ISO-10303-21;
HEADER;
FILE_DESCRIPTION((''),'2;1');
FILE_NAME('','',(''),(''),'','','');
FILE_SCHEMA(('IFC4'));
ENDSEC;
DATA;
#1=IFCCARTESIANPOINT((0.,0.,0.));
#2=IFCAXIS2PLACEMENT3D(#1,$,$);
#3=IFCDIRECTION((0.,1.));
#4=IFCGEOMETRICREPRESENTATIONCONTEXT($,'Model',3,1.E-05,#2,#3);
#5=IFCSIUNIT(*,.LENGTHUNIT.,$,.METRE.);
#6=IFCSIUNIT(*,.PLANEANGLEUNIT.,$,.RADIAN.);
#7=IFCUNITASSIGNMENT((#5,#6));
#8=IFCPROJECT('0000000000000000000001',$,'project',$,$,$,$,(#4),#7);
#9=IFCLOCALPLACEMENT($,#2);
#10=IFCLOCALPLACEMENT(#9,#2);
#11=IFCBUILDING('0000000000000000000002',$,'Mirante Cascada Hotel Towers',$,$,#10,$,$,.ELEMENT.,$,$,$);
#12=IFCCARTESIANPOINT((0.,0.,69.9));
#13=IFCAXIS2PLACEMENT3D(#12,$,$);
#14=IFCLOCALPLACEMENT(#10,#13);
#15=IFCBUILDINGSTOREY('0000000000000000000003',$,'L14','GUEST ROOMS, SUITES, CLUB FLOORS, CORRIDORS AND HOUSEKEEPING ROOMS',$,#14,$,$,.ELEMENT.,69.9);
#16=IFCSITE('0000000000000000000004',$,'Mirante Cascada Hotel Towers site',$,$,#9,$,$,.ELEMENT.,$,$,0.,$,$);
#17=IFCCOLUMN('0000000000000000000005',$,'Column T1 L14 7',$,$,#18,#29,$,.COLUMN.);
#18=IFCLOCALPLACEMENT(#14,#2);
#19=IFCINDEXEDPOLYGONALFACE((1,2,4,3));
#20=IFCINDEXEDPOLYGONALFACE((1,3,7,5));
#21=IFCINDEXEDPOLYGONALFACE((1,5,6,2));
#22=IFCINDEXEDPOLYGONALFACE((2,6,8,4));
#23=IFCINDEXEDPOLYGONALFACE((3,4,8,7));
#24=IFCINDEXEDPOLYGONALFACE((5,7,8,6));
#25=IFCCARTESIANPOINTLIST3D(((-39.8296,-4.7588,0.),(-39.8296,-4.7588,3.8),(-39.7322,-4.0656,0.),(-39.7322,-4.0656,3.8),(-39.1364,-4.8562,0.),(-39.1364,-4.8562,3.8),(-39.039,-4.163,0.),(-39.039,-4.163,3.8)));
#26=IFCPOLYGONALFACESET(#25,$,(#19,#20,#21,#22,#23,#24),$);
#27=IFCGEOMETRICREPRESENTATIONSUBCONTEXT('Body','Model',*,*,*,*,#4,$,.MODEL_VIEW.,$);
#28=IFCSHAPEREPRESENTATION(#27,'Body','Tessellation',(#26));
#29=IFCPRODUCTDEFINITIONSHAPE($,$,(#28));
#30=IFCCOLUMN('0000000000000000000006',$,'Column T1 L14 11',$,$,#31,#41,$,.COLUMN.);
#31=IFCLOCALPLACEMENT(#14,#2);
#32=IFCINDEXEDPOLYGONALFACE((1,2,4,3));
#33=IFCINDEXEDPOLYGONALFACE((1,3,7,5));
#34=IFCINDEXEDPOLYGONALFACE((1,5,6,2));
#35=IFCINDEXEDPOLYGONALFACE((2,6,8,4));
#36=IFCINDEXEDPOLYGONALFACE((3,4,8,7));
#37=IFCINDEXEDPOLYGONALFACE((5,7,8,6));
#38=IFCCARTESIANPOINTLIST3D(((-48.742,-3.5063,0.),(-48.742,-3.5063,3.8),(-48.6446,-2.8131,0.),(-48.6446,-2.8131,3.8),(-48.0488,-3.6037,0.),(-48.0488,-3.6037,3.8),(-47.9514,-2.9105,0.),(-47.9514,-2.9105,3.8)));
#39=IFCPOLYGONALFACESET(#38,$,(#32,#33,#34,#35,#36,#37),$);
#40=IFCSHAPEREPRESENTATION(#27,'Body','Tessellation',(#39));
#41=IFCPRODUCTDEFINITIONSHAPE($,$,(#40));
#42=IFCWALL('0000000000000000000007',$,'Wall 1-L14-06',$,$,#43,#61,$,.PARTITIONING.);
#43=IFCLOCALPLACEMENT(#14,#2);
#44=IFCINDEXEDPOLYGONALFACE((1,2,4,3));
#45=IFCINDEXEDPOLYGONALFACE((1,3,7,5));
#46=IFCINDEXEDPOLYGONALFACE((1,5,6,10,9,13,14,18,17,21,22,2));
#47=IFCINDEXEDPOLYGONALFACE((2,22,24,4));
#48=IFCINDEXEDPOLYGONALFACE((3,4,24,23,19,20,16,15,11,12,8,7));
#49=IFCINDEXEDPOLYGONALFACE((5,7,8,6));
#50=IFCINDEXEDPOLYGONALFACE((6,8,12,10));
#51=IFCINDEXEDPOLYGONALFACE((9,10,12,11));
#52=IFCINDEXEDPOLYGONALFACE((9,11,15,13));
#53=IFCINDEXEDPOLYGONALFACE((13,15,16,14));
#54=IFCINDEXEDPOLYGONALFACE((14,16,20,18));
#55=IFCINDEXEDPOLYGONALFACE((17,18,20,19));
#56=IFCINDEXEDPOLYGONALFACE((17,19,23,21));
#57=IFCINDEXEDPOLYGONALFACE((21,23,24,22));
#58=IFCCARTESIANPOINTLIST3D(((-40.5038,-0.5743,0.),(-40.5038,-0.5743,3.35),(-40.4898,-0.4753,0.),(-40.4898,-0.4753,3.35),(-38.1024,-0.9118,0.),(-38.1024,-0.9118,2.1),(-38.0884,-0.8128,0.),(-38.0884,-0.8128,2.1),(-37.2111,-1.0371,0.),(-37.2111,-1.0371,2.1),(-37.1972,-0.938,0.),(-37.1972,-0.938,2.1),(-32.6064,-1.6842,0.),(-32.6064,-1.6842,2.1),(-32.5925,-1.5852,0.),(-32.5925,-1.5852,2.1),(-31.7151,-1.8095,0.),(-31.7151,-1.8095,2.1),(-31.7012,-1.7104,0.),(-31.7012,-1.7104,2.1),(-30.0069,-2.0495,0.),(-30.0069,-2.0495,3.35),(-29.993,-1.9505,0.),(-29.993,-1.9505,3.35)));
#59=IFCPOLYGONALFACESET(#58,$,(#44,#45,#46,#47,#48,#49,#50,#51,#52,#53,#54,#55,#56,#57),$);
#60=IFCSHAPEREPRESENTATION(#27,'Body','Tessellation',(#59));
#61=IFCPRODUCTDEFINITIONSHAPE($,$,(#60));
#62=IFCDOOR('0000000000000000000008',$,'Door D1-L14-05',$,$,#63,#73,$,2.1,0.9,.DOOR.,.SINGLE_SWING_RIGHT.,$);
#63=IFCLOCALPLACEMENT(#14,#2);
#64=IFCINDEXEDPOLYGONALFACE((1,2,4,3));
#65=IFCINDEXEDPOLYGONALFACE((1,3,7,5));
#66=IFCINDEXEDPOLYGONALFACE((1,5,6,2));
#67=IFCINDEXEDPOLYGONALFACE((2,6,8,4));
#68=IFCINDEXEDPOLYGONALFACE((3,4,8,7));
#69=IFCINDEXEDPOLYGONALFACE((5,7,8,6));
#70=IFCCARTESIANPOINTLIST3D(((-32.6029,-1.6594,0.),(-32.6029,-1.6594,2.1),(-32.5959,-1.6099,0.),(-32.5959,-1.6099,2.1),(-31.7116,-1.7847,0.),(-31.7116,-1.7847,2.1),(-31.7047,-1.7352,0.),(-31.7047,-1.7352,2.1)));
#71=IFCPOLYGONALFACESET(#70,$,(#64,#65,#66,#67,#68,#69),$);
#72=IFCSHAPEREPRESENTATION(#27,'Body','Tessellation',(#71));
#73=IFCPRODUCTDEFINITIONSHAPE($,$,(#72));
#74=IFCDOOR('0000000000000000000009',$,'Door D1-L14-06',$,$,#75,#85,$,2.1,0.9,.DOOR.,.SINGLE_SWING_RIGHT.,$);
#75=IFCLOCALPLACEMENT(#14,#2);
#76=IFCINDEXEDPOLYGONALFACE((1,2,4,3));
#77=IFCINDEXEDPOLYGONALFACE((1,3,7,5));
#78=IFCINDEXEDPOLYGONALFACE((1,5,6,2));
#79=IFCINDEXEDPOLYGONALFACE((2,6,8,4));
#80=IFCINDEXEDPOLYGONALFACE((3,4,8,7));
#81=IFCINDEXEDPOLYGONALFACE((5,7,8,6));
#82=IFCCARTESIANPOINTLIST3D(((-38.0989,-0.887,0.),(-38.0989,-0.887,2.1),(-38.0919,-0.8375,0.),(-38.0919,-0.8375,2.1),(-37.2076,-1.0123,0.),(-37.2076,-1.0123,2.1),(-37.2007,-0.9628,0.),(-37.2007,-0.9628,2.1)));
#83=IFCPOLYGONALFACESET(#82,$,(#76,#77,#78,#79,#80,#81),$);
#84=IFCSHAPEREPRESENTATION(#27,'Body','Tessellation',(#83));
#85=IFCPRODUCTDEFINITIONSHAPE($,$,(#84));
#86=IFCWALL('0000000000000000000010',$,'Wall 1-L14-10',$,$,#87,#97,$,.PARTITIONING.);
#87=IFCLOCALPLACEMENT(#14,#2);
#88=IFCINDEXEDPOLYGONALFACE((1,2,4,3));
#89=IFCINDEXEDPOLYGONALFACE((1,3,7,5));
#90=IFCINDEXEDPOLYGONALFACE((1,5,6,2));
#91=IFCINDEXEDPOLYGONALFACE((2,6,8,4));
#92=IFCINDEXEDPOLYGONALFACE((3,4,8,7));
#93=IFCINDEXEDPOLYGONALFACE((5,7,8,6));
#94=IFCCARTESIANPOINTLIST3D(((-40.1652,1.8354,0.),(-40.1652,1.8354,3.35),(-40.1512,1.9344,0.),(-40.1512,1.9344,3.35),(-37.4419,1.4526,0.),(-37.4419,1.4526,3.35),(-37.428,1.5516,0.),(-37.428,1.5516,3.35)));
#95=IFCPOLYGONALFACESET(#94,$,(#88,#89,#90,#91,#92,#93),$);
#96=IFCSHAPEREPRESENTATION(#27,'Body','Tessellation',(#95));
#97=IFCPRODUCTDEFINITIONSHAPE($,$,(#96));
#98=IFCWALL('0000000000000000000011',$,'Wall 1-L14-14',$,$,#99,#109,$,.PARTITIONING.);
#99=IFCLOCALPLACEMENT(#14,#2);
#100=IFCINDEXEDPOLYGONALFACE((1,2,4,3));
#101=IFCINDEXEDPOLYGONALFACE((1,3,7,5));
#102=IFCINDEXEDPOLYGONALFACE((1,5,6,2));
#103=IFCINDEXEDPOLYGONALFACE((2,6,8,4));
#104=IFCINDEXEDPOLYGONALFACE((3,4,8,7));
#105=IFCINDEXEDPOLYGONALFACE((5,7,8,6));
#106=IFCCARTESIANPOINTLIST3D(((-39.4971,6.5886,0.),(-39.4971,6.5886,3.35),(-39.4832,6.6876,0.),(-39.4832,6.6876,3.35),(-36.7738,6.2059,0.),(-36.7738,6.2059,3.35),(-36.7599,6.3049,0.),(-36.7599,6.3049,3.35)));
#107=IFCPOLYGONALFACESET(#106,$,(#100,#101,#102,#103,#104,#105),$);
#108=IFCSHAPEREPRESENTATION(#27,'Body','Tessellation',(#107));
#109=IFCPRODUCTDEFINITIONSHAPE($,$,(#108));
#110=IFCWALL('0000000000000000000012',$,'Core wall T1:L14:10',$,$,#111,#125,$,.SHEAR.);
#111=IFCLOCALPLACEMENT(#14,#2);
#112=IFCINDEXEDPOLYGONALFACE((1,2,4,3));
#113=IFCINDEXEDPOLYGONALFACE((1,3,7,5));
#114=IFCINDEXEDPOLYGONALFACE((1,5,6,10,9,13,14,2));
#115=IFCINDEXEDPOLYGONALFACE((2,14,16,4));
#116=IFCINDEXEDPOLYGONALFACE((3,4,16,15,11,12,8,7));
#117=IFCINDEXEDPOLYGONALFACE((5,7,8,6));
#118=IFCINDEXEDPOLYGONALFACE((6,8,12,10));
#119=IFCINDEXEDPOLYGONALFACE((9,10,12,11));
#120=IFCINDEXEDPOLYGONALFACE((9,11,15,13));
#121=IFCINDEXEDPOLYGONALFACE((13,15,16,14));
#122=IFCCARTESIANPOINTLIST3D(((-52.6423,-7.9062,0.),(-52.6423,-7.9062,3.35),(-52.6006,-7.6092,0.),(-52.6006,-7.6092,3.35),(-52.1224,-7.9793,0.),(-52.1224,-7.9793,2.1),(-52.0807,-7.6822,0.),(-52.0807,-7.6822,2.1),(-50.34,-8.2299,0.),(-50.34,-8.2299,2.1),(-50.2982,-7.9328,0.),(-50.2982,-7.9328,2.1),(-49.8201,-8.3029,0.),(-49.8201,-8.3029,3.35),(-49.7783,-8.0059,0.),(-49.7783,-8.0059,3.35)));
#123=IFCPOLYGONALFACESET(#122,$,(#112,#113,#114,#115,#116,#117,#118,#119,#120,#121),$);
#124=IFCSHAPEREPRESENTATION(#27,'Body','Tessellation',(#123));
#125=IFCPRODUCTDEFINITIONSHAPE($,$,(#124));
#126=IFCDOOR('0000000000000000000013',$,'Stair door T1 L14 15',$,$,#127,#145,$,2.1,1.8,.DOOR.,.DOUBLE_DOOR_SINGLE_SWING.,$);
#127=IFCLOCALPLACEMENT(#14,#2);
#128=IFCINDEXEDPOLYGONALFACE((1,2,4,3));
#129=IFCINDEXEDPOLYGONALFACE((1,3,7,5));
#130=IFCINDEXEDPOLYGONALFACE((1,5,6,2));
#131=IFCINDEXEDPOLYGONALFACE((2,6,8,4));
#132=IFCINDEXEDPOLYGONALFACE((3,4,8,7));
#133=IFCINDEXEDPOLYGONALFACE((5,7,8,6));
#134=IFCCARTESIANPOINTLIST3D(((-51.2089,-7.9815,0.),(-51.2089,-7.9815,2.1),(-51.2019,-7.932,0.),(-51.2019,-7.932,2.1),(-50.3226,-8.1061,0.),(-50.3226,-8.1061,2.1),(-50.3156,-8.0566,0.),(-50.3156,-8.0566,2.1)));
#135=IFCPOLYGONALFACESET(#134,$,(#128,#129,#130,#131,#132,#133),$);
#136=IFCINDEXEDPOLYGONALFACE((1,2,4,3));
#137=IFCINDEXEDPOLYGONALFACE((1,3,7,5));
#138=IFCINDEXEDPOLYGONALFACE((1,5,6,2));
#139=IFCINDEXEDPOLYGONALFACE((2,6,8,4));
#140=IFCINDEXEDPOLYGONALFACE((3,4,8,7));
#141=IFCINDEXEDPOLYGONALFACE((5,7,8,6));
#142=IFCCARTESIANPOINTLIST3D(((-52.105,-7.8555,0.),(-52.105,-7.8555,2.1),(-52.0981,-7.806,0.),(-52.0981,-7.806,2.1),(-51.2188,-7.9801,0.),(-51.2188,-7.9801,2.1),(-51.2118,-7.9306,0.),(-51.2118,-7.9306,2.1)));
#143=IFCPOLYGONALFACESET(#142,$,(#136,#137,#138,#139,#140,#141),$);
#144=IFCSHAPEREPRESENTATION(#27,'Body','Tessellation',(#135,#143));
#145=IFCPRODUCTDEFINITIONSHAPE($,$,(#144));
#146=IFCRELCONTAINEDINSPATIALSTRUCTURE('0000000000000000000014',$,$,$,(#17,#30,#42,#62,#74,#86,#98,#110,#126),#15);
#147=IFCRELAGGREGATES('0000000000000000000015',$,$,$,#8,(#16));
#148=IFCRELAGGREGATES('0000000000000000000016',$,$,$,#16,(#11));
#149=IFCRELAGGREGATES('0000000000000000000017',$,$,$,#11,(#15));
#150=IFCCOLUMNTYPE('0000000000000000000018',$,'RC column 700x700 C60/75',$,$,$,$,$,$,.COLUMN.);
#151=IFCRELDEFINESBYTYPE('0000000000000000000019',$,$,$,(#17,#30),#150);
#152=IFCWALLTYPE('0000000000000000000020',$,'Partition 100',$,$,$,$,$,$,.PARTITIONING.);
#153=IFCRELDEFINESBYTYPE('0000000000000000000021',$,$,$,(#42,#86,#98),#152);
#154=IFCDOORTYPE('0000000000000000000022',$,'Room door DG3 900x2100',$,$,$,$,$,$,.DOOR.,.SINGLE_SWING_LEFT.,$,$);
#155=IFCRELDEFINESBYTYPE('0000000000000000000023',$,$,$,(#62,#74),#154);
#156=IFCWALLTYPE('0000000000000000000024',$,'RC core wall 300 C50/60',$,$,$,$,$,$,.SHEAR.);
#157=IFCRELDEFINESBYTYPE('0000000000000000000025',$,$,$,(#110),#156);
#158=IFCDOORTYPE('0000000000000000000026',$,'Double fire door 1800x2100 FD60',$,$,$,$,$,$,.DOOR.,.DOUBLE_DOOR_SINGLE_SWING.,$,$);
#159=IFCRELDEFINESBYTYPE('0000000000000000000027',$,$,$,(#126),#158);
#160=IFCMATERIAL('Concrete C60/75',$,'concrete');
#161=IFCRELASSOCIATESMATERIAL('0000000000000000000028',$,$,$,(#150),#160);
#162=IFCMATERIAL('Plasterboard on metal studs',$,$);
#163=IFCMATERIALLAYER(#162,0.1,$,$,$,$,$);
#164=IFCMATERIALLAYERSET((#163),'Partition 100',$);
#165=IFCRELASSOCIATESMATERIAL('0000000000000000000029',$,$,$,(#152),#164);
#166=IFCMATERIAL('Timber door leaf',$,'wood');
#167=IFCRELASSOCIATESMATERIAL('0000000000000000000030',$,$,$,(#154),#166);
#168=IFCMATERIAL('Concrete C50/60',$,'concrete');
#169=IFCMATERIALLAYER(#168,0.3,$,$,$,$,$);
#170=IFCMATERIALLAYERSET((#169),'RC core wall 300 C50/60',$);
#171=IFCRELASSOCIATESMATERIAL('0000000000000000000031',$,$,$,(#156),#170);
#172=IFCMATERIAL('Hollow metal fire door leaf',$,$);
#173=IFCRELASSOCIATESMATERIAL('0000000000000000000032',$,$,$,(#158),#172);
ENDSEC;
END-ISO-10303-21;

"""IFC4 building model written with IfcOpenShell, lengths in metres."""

from ifc_helpers import new_model, si_unit, direction, frame, frame_2d, origin, origin_2d, place, context, subcontext, project, spatial, rectangle, extrude, material, layer, layer_set, material_profile, profile_set, type_object, element, fill, save


model = new_model("IFC4")

# Units and contexts
model_context = context("Model", 3, precision=1e-05, world=origin(), true_north=direction((0.0, 1.0)))
body_context = subcontext(model_context, "Body", "Model", "MODEL_VIEW")
ifc_project = project(units=[si_unit("LENGTHUNIT", "METRE"), si_unit("PLANEANGLEUNIT", "RADIAN")], contexts=[model_context])

# Site, building, storey
site_placement = place(None, origin())
site = spatial("IfcSite", under=ifc_project, at=site_placement, Name="Mirante Cascada Hotel Towers site", CompositionType="ELEMENT", RefElevation=0.0)
building_placement = place(site_placement, origin())
building = spatial("IfcBuilding", under=site, at=building_placement, Name="Mirante Cascada Hotel Towers", CompositionType="ELEMENT")
storey_placement = place(building_placement, frame((0.0, 0.0, 69.9)))
storey = spatial("IfcBuildingStorey", under=building, at=storey_placement, Name="L14", Description="GUEST ROOMS, SUITES, CLUB FLOORS, CORRIDORS AND HOUSEKEEPING ROOMS", CompositionType="ELEMENT", Elevation=69.9)

# Columns
ifc_material_1 = material(Name="Concrete C60/75", Category="concrete")
ifc_material_profile = material_profile(ifc_material_1, rectangle(XDim=0.7, YDim=0.7, at=origin_2d()), Name="RC column 700x700 C60/75")
ifc_profile_set = profile_set([ifc_material_profile], Name="Concrete C60/75")
column_type = type_object("IfcColumnType", Name="RC column 700x700 C60/75", PredefinedType="COLUMN", material=ifc_profile_set)
for number, where, z_axis, x_axis, name in (
    (1, (-39.4343, -4.4609, 0.0), (0.0, 0.0, 1.0), (-0.990268, 0.139173, 0.0), "Column T1 L14 7"),
    (2, (-48.3467, -3.2084, 0.0), (0.0, 0.0, 1.0), (-0.990268, 0.139173, 0.0), "Column T1 L14 11"),
):
    element("IfcColumn", number, at=place(storey_placement, frame(where, z_axis=z_axis, x_axis=x_axis)), inside=storey, type_object=column_type, Name=name, PredefinedType="COLUMN", context=body_context, shape_type="SweptSolid", body=[
        extrude(rectangle(XDim=0.7, YDim=0.7, at=origin_2d()), origin(), (0.0, 0.0, 1.0), 3.8),
    ])

# Wall, openings, doors
ifc_material_2 = material(Name="Plasterboard on metal studs")
ifc_layer_1 = layer(ifc_material_2, 0.1)
ifc_layer_set_1 = layer_set([ifc_layer_1], Name="Partition 100")
wall_type_1 = type_object("IfcWallType", Name="Partition 100", PredefinedType="PARTITIONING", material=ifc_layer_set_1)
wall_1_placement = place(storey_placement, frame((-40.4968, -0.5248, 0.0), z_axis=(0.0, 0.0, 1.0), x_axis=(0.990268, -0.13917, 0.0)))
wall_1 = element("IfcWall", 3, at=wall_1_placement, inside=storey, type_object=wall_type_1, Name="Wall 1-L14-06", PredefinedType="PARTITIONING", context=body_context, shape_type="SweptSolid", body=[
    extrude(rectangle(XDim=10.6, YDim=0.1, at=frame_2d((5.3, 0.0))), origin(), (0.0, 0.0, 1.0), 3.35),
])
opening_1_placement = place(wall_1_placement, frame((7.975, 0.0, 0.0)))
opening_1 = element("IfcOpeningElement", 4, at=opening_1_placement, cuts=wall_1, PredefinedType="OPENING", context=body_context, shape_type="SweptSolid", body=[
    extrude(rectangle(XDim=0.9, YDim=2.1, at=frame_2d((0.45, 1.05))), frame((0.0, 0.05, 0.0), z_axis=(0.0, -1.0, 0.0), x_axis=(1.0, 0.0, 0.0)), (0.0, 0.0, 1.0), 0.1),
])
opening_2_placement = place(wall_1_placement, frame((2.425, 0.0, 0.0)))
opening_2 = element("IfcOpeningElement", 5, at=opening_2_placement, cuts=wall_1, PredefinedType="OPENING", context=body_context, shape_type="SweptSolid", body=[
    extrude(rectangle(XDim=0.9, YDim=2.1, at=frame_2d((0.45, 1.05))), frame((0.0, 0.05, 0.0), z_axis=(0.0, -1.0, 0.0), x_axis=(1.0, 0.0, 0.0)), (0.0, 0.0, 1.0), 0.1),
])
ifc_material_3 = material(Name="Timber door leaf", Category="wood")
door_type_1 = type_object("IfcDoorType", Name="Room door DG3 900x2100", OperationType="SINGLE_SWING_LEFT", PredefinedType="DOOR", material=ifc_material_3)
door_1_placement = place(opening_1_placement, frame((0.9, 0.0, 0.0), z_axis=(0.0, 0.0, 1.0), x_axis=(-1.0, 0.0, 0.0)))
door_1 = element("IfcDoor", 6, at=door_1_placement, inside=storey, type_object=door_type_1, Name="Door D1-L14-05", OperationType="SINGLE_SWING_RIGHT", OverallHeight=2.1, OverallWidth=0.9, PredefinedType="DOOR", context=body_context, shape_type="SweptSolid", body=[
    extrude(rectangle(XDim=0.9, YDim=2.1, at=frame_2d((0.45, 1.05))), frame((0.0, 0.025, 0.0), z_axis=(0.0, -1.0, 0.0), x_axis=(1.0, 0.0, 0.0)), (0.0, 0.0, 1.0), 0.05),
])
fill(opening_1, door_1)
door_2_placement = place(opening_2_placement, frame((0.9, 0.0, 0.0), z_axis=(0.0, 0.0, 1.0), x_axis=(-1.0, 0.0, 0.0)))
door_2 = element("IfcDoor", 7, at=door_2_placement, inside=storey, type_object=door_type_1, Name="Door D1-L14-06", OperationType="SINGLE_SWING_RIGHT", OverallHeight=2.1, OverallWidth=0.9, PredefinedType="DOOR", context=body_context, shape_type="SweptSolid", body=[
    extrude(rectangle(XDim=0.9, YDim=2.1, at=frame_2d((0.45, 1.05))), frame((0.0, 0.025, 0.0), z_axis=(0.0, -1.0, 0.0), x_axis=(1.0, 0.0, 0.0)), (0.0, 0.0, 1.0), 0.05),
])
fill(opening_2, door_2)

# Walls
wall_2_placement = place(storey_placement, frame((-40.1582, 1.8849, 0.0), z_axis=(0.0, 0.0, 1.0), x_axis=(0.990264, -0.139201, 0.0)))
element("IfcWall", 8, at=wall_2_placement, inside=storey, type_object=wall_type_1, Name="Wall 1-L14-10", PredefinedType="PARTITIONING", context=body_context, shape_type="SweptSolid", body=[
    extrude(rectangle(XDim=2.75, YDim=0.1, at=frame_2d((1.375, 0.0))), origin(), (0.0, 0.0, 1.0), 3.35),
])
wall_3_placement = place(storey_placement, frame((-39.4902, 6.6381, 0.0), z_axis=(0.0, 0.0, 1.0), x_axis=(0.99027, -0.139161, 0.0)))
element("IfcWall", 9, at=wall_3_placement, inside=storey, type_object=wall_type_1, Name="Wall 1-L14-14", PredefinedType="PARTITIONING", context=body_context, shape_type="SweptSolid", body=[
    extrude(rectangle(XDim=2.7501, YDim=0.1, at=frame_2d((1.3751, 0.0))), origin(), (0.0, 0.0, 1.0), 3.35),
])

# Wall, opening, door
ifc_material_4 = material(Name="Concrete C50/60", Category="concrete")
ifc_layer_2 = layer(ifc_material_4, 0.3)
ifc_layer_set_2 = layer_set([ifc_layer_2], Name="RC core wall 300 C50/60")
wall_type_2 = type_object("IfcWallType", Name="RC core wall 300 C50/60", PredefinedType="SHEAR", material=ifc_layer_set_2)
wall_4_placement = place(storey_placement, frame((-49.7992, -8.1544, 0.0), z_axis=(0.0, 0.0, 1.0), x_axis=(-0.990266, 0.139191, 0.0)))
wall_4 = element("IfcWall", 10, at=wall_4_placement, inside=storey, type_object=wall_type_2, Name="Core wall T1:L14:10", PredefinedType="SHEAR", context=body_context, shape_type="SweptSolid", body=[
    extrude(rectangle(XDim=2.85, YDim=0.3, at=frame_2d((1.425, 0.0))), origin(), (0.0, 0.0, 1.0), 3.35),
])
opening_3_placement = place(wall_4_placement, frame((0.525, 0.0, 0.0)))
opening_3 = element("IfcOpeningElement", 11, at=opening_3_placement, cuts=wall_4, PredefinedType="OPENING", context=body_context, shape_type="SweptSolid", body=[
    extrude(rectangle(XDim=1.8, YDim=2.1, at=frame_2d((0.9, 1.05))), frame((0.0, 0.15, 0.0), z_axis=(0.0, -1.0, 0.0), x_axis=(1.0, 0.0, 0.0)), (0.0, 0.0, 1.0), 0.3),
])
ifc_material_5 = material(Name="Hollow metal fire door leaf")
door_type_2 = type_object("IfcDoorType", Name="Double fire door 1800x2100 FD60", OperationType="DOUBLE_DOOR_SINGLE_SWING", PredefinedType="DOOR", material=ifc_material_5)
door_3_placement = place(opening_3_placement, origin())
door_3 = element("IfcDoor", 12, at=door_3_placement, inside=storey, type_object=door_type_2, Name="Stair door T1 L14 15", OperationType="DOUBLE_DOOR_SINGLE_SWING", OverallHeight=2.1, OverallWidth=1.8, PredefinedType="DOOR", context=body_context, shape_type="SweptSolid", body=[
    extrude(rectangle(XDim=0.895, YDim=2.1, at=frame_2d((0.4475, 1.05))), frame((0.0, 0.025, 0.0), z_axis=(0.0, -1.0, 0.0), x_axis=(1.0, 0.0, 0.0)), (0.0, 0.0, 1.0), 0.05),
    extrude(rectangle(XDim=0.895, YDim=2.1, at=frame_2d((1.3525, 1.05))), frame((0.0, 0.025, 0.0), z_axis=(0.0, -1.0, 0.0), x_axis=(1.0, 0.0, 0.0)), (0.0, 0.0, 1.0), 0.05),
])
fill(opening_3, door_3)

save(model, "model.ifc")
